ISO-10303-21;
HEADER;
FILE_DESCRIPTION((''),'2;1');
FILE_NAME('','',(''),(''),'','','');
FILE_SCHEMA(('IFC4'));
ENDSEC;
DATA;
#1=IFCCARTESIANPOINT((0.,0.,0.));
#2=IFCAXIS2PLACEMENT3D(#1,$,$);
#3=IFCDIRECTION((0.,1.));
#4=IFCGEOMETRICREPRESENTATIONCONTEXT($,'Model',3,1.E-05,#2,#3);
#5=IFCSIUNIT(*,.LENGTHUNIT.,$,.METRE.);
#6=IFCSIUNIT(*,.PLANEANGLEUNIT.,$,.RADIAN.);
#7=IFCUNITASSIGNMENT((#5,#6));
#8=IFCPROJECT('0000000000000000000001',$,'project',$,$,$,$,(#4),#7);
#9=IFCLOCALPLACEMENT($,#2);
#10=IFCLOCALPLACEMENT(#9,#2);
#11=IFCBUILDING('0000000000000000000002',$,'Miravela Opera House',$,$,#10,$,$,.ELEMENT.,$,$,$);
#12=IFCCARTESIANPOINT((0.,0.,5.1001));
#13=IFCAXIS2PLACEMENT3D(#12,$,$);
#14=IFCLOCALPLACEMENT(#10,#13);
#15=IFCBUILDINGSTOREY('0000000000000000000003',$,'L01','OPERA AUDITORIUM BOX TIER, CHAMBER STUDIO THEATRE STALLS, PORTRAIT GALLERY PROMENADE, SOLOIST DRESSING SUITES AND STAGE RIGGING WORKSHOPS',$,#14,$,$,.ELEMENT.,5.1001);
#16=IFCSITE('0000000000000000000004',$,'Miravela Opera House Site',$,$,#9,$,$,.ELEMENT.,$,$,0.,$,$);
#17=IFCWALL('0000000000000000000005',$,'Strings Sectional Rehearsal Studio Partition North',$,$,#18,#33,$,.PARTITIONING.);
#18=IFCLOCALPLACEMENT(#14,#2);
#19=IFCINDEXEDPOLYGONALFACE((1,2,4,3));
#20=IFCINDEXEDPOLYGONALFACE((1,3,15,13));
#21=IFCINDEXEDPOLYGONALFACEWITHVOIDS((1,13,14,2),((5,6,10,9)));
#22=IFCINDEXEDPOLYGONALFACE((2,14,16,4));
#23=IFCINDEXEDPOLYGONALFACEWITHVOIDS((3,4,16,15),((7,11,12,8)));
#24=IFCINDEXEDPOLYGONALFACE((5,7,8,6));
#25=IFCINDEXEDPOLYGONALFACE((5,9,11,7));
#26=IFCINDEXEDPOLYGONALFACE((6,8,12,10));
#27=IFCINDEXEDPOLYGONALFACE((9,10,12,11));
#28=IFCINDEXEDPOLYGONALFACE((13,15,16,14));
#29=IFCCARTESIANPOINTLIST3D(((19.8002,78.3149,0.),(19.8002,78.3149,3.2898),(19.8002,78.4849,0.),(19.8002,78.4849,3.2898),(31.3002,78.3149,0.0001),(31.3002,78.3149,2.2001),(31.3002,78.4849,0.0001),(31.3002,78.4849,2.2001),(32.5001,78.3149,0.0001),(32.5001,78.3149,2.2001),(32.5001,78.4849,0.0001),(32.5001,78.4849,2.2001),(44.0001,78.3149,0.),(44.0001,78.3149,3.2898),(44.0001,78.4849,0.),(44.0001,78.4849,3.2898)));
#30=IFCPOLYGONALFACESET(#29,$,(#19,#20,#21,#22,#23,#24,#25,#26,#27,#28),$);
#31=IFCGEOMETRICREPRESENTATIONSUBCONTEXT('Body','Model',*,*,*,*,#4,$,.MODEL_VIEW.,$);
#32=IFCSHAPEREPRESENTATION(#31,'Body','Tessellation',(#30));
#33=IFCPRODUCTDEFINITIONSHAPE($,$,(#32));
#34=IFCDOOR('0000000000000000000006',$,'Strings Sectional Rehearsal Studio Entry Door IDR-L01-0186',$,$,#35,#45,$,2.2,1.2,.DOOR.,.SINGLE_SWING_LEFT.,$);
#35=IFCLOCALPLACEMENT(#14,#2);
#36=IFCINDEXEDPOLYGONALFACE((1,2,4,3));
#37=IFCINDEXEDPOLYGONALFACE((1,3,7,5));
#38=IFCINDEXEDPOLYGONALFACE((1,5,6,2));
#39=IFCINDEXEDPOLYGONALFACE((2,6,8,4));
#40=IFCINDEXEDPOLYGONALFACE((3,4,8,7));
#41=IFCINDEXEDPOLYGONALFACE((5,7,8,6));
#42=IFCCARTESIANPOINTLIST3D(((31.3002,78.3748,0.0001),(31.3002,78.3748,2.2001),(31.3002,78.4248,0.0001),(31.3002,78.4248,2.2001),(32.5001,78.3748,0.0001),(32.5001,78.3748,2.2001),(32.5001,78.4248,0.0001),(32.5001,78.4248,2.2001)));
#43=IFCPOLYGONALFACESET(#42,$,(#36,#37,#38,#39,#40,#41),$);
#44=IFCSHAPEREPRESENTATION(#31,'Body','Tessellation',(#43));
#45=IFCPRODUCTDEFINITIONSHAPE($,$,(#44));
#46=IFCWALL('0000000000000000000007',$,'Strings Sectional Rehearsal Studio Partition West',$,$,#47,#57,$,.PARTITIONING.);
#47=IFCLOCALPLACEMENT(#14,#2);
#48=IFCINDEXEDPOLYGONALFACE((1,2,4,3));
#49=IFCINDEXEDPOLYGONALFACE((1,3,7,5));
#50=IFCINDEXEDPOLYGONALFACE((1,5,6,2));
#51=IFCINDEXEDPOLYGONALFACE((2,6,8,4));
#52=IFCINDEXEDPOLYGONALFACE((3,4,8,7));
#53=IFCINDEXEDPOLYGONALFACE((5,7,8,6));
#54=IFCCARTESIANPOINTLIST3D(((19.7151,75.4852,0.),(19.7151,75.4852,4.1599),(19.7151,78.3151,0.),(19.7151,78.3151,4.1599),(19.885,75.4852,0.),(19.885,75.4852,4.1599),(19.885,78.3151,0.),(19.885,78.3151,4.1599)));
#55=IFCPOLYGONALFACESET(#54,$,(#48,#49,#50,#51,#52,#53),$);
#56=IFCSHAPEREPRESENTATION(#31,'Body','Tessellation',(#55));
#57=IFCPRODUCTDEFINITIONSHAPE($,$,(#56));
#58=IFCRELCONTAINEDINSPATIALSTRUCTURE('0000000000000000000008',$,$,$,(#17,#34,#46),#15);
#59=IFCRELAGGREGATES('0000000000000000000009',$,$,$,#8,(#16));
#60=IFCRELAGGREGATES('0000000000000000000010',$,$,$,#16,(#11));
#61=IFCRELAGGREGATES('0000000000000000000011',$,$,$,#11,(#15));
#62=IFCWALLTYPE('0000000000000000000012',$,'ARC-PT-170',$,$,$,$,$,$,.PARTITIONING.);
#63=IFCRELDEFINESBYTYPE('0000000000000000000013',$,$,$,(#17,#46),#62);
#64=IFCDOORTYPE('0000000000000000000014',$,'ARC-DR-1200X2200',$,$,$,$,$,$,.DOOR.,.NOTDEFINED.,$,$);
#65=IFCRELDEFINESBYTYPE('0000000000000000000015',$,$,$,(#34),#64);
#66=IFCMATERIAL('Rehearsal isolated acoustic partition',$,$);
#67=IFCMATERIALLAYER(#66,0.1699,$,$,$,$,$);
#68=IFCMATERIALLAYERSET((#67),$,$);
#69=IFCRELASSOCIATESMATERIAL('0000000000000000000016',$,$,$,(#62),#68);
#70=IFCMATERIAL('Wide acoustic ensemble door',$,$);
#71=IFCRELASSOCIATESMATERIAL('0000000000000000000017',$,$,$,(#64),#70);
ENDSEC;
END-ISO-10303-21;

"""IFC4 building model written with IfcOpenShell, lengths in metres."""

from ifc_helpers import new_model, si_unit, direction, frame, frame_2d, origin, place, context, subcontext, project, spatial, rectangle, extrude, material, layer, layer_set, type_object, element, fill, save


model = new_model("IFC4")

# Units and contexts
model_context = context("Model", 3, precision=1e-05, world=origin(), true_north=direction((0.0, 1.0)))
body_context = subcontext(model_context, "Body", "Model", "MODEL_VIEW")
ifc_project = project(units=[si_unit("LENGTHUNIT", "METRE"), si_unit("PLANEANGLEUNIT", "RADIAN")], contexts=[model_context])

# Site, building, storey
site_placement = place(None, origin())
site = spatial("IfcSite", under=ifc_project, at=site_placement, Name="Miravela Opera House Site", CompositionType="ELEMENT", RefElevation=0.0)
building_placement = place(site_placement, origin())
building = spatial("IfcBuilding", under=site, at=building_placement, Name="Miravela Opera House", CompositionType="ELEMENT")
storey_placement = place(building_placement, frame((0.0, 0.0, 5.1001)))
storey = spatial("IfcBuildingStorey", under=building, at=storey_placement, Name="L01", Description="OPERA AUDITORIUM BOX TIER, CHAMBER STUDIO THEATRE STALLS, PORTRAIT GALLERY PROMENADE, SOLOIST DRESSING SUITES AND STAGE RIGGING WORKSHOPS", CompositionType="ELEMENT", Elevation=5.1001)

# Shared definitions
ifc_material_1 = material(Name="Rehearsal isolated acoustic partition")
ifc_layer_1 = layer(ifc_material_1, 0.1699)
ifc_layer_set_1 = layer_set([ifc_layer_1])
wall_type = type_object("IfcWallType", Name="ARC-PT-170", PredefinedType="PARTITIONING", material=ifc_layer_set_1)

# Wall, opening, door
wall_1_placement = place(storey_placement, frame((19.8, 78.3999, 0.0), z_axis=(0.0, 0.0, 1.0), x_axis=(1.0, 0.0, 0.0)))
wall_1 = element("IfcWall", 1, at=wall_1_placement, inside=storey, type_object=wall_type, Name="Strings Sectional Rehearsal Studio Partition North", PredefinedType="PARTITIONING", context=body_context, shape_type="SweptSolid", body=[
    extrude(rectangle(XDim=24.2, YDim=0.1699, at=frame_2d((12.1001, 0.0))), origin(), (0.0, 0.0, 1.0), 3.2898),
])
opening_placement = place(wall_1_placement, frame((11.5, 0.0, 0.0)))
opening = element("IfcOpeningElement", 2, at=opening_placement, cuts=wall_1, PredefinedType="OPENING", context=body_context, shape_type="SweptSolid", body=[
    extrude(rectangle(XDim=1.2, YDim=2.2, at=frame_2d((0.6001, 1.1001))), frame((0.0, 0.095, 0.0), z_axis=(0.0, -1.0, 0.0), x_axis=(1.0, 0.0, 0.0)), (0.0, 0.0, 1.0), 0.1899),
])
ifc_material_2 = material(Name="Wide acoustic ensemble door")
door_type = type_object("IfcDoorType", Name="ARC-DR-1200X2200", OperationType="NOTDEFINED", PredefinedType="DOOR", material=ifc_material_2)
door_placement = place(opening_placement, origin())
door = element("IfcDoor", 3, at=door_placement, inside=storey, type_object=door_type, Name="Strings Sectional Rehearsal Studio Entry Door IDR-L01-0186", OperationType="SINGLE_SWING_LEFT", OverallHeight=2.2, OverallWidth=1.2, PredefinedType="DOOR", context=body_context, shape_type="SweptSolid", body=[
    extrude(rectangle(XDim=1.2, YDim=2.2, at=frame_2d((0.6001, 1.1001))), frame((0.0, 0.0249, 0.0), z_axis=(0.0, -1.0, 0.0), x_axis=(1.0, 0.0, 0.0)), (0.0, 0.0, 1.0), 0.05),
])
fill(opening, door)

# Wall
wall_2_placement = place(storey_placement, frame((19.8, 75.4851, 0.0), z_axis=(0.0, 0.0, 1.0), x_axis=(0.0, 1.0, 0.0)))
element("IfcWall", 4, at=wall_2_placement, inside=storey, type_object=wall_type, Name="Strings Sectional Rehearsal Studio Partition West", PredefinedType="PARTITIONING", context=body_context, shape_type="SweptSolid", body=[
    extrude(rectangle(XDim=2.8298, YDim=0.1699, at=frame_2d((1.415, 0.0))), origin(), (0.0, 0.0, 1.0), 4.1599),
])

save(model, "model.ifc")
